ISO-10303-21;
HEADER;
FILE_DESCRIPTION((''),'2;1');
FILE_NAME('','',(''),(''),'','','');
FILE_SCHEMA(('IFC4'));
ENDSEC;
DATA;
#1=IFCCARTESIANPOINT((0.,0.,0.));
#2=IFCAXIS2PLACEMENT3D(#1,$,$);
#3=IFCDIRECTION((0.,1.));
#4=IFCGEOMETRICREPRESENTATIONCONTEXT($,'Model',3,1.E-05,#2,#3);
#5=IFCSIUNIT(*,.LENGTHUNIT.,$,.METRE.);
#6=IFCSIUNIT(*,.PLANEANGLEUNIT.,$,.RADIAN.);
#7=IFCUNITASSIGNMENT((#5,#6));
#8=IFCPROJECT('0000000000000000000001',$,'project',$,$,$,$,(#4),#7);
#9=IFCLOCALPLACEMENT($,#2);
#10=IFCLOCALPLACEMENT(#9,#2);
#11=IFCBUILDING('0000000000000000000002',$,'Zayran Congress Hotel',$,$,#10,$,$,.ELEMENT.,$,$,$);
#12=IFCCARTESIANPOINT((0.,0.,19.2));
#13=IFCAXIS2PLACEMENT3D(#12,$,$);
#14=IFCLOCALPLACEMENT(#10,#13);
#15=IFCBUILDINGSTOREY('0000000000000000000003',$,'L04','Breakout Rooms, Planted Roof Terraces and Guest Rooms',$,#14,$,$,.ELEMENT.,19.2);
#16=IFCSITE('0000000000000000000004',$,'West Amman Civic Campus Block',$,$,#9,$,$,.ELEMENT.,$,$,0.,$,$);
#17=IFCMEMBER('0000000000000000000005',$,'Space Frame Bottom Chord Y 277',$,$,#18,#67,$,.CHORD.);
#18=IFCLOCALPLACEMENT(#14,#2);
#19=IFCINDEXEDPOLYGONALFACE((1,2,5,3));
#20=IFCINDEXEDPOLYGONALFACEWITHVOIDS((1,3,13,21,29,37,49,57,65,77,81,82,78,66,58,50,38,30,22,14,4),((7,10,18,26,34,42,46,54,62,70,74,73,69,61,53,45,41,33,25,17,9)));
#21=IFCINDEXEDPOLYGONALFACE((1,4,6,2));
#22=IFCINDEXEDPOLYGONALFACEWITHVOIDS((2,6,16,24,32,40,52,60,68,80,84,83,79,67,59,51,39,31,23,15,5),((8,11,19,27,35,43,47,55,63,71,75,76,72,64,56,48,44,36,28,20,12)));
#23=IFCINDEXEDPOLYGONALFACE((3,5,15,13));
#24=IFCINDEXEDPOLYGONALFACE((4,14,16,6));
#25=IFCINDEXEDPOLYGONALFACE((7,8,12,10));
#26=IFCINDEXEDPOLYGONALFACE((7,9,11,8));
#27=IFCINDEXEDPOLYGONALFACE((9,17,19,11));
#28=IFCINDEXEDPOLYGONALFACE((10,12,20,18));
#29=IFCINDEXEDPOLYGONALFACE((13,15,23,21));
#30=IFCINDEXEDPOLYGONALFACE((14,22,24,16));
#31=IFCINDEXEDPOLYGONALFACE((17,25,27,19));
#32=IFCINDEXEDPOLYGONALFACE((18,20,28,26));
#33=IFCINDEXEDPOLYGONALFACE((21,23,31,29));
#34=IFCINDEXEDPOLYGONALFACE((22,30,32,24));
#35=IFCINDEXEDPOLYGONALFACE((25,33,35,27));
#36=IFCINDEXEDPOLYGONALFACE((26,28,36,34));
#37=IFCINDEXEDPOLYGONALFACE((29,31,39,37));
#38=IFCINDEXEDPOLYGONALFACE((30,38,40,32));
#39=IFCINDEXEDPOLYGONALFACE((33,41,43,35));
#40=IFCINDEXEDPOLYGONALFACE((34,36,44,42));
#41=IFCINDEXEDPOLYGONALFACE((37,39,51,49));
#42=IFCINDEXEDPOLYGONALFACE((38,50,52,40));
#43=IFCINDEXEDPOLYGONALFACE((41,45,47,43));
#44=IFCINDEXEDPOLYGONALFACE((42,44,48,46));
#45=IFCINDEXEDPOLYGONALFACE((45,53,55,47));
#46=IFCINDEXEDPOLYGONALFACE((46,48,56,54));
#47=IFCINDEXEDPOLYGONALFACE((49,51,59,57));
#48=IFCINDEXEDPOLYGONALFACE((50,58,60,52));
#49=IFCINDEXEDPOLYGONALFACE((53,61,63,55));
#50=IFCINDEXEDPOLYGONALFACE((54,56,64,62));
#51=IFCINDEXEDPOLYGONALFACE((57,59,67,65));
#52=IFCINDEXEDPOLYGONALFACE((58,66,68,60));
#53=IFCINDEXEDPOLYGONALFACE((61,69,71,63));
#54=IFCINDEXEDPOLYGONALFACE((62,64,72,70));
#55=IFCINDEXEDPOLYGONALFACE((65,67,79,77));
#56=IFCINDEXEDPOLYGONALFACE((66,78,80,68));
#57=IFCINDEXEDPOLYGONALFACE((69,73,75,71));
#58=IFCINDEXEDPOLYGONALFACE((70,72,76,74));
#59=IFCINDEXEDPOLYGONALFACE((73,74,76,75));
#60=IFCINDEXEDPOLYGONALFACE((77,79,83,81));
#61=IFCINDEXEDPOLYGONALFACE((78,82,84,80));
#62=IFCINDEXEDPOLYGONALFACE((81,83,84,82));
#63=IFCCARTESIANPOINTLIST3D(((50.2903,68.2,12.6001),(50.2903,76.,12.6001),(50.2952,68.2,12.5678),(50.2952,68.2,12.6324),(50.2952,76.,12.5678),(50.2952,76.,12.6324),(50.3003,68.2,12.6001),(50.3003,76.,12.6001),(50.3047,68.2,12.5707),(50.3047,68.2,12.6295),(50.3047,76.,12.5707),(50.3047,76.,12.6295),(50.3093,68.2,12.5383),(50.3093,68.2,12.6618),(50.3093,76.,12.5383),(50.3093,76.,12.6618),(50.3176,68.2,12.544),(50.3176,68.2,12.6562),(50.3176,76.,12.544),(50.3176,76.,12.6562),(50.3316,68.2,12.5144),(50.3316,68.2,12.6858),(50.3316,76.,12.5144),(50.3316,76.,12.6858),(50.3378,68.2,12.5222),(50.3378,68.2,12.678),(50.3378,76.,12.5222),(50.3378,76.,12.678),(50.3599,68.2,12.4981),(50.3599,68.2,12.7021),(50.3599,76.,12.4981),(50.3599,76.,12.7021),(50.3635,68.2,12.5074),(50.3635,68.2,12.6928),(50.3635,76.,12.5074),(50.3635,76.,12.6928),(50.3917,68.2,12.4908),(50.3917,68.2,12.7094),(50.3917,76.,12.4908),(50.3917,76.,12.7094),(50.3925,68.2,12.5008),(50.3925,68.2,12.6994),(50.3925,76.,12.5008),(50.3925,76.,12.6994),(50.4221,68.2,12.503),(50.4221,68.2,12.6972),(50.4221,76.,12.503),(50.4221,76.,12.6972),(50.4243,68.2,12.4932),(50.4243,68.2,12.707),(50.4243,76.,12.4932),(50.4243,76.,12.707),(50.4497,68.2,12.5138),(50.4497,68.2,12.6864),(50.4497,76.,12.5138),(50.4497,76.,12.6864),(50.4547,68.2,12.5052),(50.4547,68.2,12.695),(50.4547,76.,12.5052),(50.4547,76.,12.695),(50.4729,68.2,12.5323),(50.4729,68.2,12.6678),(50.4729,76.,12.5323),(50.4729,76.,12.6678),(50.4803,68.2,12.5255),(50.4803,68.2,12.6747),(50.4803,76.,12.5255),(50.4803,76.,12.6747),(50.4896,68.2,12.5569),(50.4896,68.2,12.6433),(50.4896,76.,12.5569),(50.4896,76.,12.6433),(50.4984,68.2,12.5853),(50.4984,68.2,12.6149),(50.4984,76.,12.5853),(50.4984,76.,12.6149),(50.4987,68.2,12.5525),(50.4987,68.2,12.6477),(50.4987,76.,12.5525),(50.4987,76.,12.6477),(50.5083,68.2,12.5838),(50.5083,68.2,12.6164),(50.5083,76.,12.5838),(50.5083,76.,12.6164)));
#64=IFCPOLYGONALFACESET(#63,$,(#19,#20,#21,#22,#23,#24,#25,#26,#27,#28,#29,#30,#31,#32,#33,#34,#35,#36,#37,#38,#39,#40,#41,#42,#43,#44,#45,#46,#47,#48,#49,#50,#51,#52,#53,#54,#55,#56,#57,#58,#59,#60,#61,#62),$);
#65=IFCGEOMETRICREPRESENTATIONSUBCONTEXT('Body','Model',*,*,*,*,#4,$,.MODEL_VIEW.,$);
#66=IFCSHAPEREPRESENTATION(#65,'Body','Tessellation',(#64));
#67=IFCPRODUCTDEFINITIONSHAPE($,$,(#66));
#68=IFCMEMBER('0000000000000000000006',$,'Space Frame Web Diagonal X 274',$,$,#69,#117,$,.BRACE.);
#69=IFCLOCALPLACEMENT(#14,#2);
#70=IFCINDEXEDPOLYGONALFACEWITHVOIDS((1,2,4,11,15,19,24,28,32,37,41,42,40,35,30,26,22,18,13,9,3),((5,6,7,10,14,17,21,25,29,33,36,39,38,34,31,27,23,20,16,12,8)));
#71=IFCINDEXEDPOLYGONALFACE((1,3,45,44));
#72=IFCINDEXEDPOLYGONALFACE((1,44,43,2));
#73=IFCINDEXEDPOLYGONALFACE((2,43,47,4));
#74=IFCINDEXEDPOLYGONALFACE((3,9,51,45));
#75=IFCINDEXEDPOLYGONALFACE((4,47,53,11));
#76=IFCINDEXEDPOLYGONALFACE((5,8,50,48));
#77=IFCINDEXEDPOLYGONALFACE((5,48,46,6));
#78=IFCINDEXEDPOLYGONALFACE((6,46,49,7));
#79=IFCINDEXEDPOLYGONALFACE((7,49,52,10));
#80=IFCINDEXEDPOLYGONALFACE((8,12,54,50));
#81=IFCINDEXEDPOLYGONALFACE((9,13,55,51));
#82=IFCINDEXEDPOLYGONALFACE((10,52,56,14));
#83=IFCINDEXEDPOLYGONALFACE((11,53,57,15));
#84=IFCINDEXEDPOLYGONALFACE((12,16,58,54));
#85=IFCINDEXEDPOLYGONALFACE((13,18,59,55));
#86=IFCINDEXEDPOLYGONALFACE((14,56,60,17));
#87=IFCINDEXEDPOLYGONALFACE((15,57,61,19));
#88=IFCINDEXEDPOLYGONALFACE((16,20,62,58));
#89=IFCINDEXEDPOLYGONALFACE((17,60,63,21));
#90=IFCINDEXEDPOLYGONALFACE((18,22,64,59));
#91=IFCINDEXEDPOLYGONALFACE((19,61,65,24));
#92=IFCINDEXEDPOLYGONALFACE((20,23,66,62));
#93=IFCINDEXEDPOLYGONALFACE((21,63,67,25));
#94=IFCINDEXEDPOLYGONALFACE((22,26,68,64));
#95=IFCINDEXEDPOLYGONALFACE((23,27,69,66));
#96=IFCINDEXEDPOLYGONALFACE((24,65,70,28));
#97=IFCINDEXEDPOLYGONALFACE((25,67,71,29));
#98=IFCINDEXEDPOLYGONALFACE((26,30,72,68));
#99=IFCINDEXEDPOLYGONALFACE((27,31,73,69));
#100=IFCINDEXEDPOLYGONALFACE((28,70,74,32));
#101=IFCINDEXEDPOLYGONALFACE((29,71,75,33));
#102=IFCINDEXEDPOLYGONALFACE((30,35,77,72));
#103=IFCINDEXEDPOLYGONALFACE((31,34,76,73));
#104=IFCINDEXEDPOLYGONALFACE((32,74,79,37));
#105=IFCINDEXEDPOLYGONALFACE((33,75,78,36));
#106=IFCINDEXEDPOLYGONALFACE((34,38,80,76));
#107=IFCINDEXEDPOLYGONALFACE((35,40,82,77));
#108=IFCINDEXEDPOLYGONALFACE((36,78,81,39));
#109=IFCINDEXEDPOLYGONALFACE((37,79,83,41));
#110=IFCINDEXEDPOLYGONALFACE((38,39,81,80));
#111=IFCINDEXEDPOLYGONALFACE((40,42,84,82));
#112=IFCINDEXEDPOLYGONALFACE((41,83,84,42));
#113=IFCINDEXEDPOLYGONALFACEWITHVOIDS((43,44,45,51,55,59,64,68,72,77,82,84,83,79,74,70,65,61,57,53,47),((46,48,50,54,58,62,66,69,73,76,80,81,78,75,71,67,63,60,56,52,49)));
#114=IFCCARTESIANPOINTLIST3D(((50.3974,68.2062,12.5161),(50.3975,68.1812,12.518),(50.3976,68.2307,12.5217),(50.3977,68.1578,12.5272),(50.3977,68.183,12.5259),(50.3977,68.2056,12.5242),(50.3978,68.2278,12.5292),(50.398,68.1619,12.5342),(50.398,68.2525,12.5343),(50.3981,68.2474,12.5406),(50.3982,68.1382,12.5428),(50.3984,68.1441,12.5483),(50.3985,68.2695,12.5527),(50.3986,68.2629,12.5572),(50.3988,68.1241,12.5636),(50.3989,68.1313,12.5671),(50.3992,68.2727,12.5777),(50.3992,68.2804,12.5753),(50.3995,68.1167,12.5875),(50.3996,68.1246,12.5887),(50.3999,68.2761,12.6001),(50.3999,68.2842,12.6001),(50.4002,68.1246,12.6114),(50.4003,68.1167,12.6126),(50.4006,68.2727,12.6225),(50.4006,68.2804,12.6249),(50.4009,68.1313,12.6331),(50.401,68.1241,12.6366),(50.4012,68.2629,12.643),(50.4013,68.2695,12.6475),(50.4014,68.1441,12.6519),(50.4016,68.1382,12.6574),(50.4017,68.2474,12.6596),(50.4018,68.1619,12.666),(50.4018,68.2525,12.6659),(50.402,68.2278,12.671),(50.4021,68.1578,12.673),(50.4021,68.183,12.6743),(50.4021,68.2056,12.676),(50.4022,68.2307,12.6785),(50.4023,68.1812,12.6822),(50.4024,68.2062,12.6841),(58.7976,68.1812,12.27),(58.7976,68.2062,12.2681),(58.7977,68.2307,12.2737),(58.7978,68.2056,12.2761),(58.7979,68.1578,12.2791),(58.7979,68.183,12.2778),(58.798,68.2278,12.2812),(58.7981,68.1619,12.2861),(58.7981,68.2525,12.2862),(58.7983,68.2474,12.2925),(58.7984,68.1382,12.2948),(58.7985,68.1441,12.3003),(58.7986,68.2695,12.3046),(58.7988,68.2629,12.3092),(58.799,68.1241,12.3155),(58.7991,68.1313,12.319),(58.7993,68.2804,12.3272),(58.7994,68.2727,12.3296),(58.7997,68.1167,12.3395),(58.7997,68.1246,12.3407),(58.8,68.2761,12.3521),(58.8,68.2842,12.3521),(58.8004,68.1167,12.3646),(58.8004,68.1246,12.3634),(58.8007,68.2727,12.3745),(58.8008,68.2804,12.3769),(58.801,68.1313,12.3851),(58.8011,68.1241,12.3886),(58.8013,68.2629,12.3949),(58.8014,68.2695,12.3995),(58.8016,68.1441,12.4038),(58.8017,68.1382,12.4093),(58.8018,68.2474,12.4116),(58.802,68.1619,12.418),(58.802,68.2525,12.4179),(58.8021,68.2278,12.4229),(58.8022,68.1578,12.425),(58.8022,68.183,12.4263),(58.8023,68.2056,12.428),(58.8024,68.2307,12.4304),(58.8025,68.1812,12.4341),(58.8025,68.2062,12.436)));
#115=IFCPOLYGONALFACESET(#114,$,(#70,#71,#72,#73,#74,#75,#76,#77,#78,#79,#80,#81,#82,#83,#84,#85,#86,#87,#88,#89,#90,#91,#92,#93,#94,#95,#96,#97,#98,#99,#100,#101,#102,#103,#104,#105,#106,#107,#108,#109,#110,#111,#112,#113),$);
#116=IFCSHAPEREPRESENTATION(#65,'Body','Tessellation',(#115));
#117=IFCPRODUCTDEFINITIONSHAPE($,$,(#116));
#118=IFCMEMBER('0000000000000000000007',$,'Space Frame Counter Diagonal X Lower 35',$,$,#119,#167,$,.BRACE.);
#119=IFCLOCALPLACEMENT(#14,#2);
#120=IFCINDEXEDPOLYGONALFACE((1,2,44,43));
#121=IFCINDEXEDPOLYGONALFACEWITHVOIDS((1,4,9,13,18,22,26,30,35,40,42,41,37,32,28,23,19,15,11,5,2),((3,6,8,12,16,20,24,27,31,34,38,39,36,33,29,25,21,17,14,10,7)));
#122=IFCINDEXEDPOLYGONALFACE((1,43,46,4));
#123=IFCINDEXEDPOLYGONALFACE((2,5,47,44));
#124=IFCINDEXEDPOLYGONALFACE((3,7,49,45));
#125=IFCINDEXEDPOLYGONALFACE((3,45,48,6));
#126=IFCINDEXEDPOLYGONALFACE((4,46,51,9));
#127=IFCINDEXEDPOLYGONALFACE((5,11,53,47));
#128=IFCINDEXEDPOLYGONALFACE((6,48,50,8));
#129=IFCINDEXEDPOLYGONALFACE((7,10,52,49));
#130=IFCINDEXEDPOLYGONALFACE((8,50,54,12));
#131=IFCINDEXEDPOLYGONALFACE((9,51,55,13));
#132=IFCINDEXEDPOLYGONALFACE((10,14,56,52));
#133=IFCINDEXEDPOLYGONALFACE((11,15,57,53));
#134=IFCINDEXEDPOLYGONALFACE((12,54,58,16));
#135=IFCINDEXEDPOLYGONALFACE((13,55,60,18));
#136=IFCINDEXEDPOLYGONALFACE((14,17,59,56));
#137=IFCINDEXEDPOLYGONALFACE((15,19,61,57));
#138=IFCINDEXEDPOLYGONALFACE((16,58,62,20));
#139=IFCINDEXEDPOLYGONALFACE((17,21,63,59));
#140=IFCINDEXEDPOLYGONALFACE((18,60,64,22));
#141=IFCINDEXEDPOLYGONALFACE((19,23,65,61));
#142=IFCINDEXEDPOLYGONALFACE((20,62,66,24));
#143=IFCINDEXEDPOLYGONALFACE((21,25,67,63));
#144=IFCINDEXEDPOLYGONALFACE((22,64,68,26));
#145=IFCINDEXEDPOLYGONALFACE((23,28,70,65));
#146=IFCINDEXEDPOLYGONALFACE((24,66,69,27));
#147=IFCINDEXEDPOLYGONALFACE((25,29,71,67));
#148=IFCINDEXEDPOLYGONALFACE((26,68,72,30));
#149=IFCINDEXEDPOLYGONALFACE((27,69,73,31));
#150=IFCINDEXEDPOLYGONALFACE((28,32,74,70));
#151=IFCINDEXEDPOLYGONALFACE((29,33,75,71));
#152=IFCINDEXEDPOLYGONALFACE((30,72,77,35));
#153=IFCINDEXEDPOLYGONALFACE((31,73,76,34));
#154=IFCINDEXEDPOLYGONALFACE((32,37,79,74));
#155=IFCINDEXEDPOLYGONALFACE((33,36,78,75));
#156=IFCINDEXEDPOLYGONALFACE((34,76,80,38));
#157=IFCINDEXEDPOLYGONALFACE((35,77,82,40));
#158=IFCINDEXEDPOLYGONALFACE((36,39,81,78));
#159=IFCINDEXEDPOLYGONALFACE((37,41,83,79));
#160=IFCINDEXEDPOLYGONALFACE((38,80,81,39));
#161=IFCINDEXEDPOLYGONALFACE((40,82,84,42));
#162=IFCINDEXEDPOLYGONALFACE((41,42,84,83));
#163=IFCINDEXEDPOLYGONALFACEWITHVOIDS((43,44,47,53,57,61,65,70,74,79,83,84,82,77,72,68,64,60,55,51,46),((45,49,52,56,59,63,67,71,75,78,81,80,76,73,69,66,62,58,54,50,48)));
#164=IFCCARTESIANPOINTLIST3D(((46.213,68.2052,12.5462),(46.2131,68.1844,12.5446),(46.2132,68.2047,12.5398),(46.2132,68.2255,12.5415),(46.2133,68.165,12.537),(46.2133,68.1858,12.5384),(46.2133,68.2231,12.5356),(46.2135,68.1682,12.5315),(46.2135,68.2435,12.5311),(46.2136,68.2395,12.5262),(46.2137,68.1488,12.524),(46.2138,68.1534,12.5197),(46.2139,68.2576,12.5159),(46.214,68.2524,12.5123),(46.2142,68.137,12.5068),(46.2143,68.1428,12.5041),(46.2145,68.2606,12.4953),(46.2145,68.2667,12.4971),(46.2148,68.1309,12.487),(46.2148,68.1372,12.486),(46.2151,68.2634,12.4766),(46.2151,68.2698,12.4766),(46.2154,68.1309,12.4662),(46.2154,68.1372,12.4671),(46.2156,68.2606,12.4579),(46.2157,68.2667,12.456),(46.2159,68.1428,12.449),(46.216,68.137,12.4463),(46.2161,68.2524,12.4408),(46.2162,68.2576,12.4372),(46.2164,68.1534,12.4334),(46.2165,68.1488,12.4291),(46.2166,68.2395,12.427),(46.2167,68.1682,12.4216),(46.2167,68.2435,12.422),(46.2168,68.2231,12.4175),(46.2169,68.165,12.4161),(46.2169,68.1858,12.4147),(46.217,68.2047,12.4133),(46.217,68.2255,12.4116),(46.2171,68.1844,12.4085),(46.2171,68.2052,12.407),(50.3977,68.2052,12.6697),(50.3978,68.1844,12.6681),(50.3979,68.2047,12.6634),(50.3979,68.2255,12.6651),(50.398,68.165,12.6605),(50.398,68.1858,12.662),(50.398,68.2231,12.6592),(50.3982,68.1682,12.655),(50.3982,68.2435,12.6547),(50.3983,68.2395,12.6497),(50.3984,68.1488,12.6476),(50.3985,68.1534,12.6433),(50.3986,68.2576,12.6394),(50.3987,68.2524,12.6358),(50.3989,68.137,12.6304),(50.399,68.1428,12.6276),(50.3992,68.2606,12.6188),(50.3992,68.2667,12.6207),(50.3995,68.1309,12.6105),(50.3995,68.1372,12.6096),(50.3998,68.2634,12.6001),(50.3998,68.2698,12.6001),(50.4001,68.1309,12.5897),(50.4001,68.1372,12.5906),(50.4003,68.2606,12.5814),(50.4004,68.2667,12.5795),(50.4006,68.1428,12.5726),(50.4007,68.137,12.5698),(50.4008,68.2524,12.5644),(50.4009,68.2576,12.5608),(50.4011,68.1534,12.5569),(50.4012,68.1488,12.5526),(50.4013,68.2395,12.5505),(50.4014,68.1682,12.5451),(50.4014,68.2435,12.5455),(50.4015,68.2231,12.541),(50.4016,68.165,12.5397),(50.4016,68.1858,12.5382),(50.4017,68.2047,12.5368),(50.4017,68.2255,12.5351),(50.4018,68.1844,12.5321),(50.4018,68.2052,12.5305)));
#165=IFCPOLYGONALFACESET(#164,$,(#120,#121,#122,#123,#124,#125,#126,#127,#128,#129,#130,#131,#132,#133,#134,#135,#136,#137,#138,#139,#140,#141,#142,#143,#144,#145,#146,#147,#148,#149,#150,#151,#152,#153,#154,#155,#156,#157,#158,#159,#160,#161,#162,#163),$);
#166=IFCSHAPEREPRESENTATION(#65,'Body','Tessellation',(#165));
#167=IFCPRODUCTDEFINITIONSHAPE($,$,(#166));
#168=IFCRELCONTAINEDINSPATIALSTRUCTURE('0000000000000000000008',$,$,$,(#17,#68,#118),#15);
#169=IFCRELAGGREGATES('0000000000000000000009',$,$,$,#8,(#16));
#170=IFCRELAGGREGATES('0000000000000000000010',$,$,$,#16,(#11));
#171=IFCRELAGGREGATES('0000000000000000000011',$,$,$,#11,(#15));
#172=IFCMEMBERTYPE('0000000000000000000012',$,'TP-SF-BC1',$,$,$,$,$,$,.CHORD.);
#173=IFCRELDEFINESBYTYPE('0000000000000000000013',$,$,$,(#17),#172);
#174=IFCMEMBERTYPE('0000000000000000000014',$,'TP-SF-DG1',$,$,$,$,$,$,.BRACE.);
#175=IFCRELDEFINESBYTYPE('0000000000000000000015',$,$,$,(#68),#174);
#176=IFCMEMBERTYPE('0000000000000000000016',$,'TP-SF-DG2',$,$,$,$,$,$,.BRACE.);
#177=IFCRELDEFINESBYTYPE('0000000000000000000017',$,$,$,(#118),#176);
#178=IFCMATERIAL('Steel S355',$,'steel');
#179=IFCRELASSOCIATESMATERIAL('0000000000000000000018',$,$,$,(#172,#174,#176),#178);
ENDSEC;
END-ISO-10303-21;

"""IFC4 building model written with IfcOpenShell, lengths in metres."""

from ifc_helpers import new_model, si_unit, direction, frame, origin, origin_2d, place, context, subcontext, project, spatial, hollow_circle, extrude, material, material_profile, profile_set, type_object, element, save


model = new_model("IFC4")

# Units and contexts
model_context = context("Model", 3, precision=1e-05, world=origin(), true_north=direction((0.0, 1.0)))
body_context = subcontext(model_context, "Body", "Model", "MODEL_VIEW")
ifc_project = project(units=[si_unit("LENGTHUNIT", "METRE"), si_unit("PLANEANGLEUNIT", "RADIAN")], contexts=[model_context])

# Site, building, storey
site_placement = place(None, origin())
site = spatial("IfcSite", under=ifc_project, at=site_placement, Name="West Amman Civic Campus Block", CompositionType="ELEMENT", RefElevation=0.0)
building_placement = place(site_placement, origin())
building = spatial("IfcBuilding", under=site, at=building_placement, Name="Zayran Congress Hotel", CompositionType="ELEMENT")
storey_placement = place(building_placement, frame((0.0, 0.0, 19.2)))
storey = spatial("IfcBuildingStorey", under=building, at=storey_placement, Name="L04", Description="Breakout Rooms, Planted Roof Terraces and Guest Rooms", CompositionType="ELEMENT", Elevation=19.2)

# Members
ifc_material_1 = material(Name="Steel S355", Category="steel")
ifc_material_profile_1 = material_profile(ifc_material_1, hollow_circle(Radius=0.1096, WallThickness=0.01, at=origin_2d()), Name="CHS 219.1x10")
ifc_profile_set_1 = profile_set([ifc_material_profile_1], Name="Steel S355")
member_type_1 = type_object("IfcMemberType", Name="TP-SF-BC1", PredefinedType="CHORD", material=ifc_profile_set_1)
member_1_placement = place(storey_placement, frame((50.3999, 68.2, 12.6001), z_axis=(0.0, 1.0, 0.0), x_axis=(-1.0, 0.0, 0.0)))
element("IfcMember", 1, at=member_1_placement, inside=storey, type_object=member_type_1, Name="Space Frame Bottom Chord Y 277", PredefinedType="CHORD", context=body_context, shape_type="SweptSolid", body=[
    extrude(hollow_circle(Radius=0.1096, WallThickness=0.01, at=origin_2d()), origin(), (0.0, 0.0, 1.0), 7.8),
])
ifc_material_profile_2 = material_profile(ifc_material_1, hollow_circle(Radius=0.0842, WallThickness=0.0081, at=origin_2d()), Name="CHS 168.3x8")
ifc_profile_set_2 = profile_set([ifc_material_profile_2], Name="Steel S355")
member_type_2 = type_object("IfcMemberType", Name="TP-SF-DG1", PredefinedType="BRACE", material=ifc_profile_set_2)
member_2_placement = place(storey_placement, frame((50.3999, 68.2, 12.6001), z_axis=(0.999564, 0.0, -0.029516), x_axis=(0.0, 1.0, 0.0)))
element("IfcMember", 2, at=member_2_placement, inside=storey, type_object=member_type_2, Name="Space Frame Web Diagonal X 274", PredefinedType="BRACE", context=body_context, shape_type="SweptSolid", body=[
    extrude(hollow_circle(Radius=0.0842, WallThickness=0.0081, at=origin_2d()), origin(), (0.0, 0.0, 1.0), 8.4038),
])
ifc_material_profile_3 = material_profile(ifc_material_1, hollow_circle(Radius=0.0698, WallThickness=0.0063, at=origin_2d()), Name="CHS 139.7x6.3")
ifc_profile_set_3 = profile_set([ifc_material_profile_3], Name="Steel S355")
member_type_3 = type_object("IfcMemberType", Name="TP-SF-DG2", PredefinedType="BRACE", material=ifc_profile_set_3)
member_3_placement = place(storey_placement, frame((46.2151, 68.2, 12.4766), z_axis=(0.999565, 0.0, 0.029507), x_axis=(0.0, 1.0, 0.0)))
element("IfcMember", 3, at=member_3_placement, inside=storey, type_object=member_type_3, Name="Space Frame Counter Diagonal X Lower 35", PredefinedType="BRACE", context=body_context, shape_type="SweptSolid", body=[
    extrude(hollow_circle(Radius=0.0698, WallThickness=0.0063, at=origin_2d()), origin(), (0.0, 0.0, 1.0), 4.1865),
])

save(model, "model.ifc")
